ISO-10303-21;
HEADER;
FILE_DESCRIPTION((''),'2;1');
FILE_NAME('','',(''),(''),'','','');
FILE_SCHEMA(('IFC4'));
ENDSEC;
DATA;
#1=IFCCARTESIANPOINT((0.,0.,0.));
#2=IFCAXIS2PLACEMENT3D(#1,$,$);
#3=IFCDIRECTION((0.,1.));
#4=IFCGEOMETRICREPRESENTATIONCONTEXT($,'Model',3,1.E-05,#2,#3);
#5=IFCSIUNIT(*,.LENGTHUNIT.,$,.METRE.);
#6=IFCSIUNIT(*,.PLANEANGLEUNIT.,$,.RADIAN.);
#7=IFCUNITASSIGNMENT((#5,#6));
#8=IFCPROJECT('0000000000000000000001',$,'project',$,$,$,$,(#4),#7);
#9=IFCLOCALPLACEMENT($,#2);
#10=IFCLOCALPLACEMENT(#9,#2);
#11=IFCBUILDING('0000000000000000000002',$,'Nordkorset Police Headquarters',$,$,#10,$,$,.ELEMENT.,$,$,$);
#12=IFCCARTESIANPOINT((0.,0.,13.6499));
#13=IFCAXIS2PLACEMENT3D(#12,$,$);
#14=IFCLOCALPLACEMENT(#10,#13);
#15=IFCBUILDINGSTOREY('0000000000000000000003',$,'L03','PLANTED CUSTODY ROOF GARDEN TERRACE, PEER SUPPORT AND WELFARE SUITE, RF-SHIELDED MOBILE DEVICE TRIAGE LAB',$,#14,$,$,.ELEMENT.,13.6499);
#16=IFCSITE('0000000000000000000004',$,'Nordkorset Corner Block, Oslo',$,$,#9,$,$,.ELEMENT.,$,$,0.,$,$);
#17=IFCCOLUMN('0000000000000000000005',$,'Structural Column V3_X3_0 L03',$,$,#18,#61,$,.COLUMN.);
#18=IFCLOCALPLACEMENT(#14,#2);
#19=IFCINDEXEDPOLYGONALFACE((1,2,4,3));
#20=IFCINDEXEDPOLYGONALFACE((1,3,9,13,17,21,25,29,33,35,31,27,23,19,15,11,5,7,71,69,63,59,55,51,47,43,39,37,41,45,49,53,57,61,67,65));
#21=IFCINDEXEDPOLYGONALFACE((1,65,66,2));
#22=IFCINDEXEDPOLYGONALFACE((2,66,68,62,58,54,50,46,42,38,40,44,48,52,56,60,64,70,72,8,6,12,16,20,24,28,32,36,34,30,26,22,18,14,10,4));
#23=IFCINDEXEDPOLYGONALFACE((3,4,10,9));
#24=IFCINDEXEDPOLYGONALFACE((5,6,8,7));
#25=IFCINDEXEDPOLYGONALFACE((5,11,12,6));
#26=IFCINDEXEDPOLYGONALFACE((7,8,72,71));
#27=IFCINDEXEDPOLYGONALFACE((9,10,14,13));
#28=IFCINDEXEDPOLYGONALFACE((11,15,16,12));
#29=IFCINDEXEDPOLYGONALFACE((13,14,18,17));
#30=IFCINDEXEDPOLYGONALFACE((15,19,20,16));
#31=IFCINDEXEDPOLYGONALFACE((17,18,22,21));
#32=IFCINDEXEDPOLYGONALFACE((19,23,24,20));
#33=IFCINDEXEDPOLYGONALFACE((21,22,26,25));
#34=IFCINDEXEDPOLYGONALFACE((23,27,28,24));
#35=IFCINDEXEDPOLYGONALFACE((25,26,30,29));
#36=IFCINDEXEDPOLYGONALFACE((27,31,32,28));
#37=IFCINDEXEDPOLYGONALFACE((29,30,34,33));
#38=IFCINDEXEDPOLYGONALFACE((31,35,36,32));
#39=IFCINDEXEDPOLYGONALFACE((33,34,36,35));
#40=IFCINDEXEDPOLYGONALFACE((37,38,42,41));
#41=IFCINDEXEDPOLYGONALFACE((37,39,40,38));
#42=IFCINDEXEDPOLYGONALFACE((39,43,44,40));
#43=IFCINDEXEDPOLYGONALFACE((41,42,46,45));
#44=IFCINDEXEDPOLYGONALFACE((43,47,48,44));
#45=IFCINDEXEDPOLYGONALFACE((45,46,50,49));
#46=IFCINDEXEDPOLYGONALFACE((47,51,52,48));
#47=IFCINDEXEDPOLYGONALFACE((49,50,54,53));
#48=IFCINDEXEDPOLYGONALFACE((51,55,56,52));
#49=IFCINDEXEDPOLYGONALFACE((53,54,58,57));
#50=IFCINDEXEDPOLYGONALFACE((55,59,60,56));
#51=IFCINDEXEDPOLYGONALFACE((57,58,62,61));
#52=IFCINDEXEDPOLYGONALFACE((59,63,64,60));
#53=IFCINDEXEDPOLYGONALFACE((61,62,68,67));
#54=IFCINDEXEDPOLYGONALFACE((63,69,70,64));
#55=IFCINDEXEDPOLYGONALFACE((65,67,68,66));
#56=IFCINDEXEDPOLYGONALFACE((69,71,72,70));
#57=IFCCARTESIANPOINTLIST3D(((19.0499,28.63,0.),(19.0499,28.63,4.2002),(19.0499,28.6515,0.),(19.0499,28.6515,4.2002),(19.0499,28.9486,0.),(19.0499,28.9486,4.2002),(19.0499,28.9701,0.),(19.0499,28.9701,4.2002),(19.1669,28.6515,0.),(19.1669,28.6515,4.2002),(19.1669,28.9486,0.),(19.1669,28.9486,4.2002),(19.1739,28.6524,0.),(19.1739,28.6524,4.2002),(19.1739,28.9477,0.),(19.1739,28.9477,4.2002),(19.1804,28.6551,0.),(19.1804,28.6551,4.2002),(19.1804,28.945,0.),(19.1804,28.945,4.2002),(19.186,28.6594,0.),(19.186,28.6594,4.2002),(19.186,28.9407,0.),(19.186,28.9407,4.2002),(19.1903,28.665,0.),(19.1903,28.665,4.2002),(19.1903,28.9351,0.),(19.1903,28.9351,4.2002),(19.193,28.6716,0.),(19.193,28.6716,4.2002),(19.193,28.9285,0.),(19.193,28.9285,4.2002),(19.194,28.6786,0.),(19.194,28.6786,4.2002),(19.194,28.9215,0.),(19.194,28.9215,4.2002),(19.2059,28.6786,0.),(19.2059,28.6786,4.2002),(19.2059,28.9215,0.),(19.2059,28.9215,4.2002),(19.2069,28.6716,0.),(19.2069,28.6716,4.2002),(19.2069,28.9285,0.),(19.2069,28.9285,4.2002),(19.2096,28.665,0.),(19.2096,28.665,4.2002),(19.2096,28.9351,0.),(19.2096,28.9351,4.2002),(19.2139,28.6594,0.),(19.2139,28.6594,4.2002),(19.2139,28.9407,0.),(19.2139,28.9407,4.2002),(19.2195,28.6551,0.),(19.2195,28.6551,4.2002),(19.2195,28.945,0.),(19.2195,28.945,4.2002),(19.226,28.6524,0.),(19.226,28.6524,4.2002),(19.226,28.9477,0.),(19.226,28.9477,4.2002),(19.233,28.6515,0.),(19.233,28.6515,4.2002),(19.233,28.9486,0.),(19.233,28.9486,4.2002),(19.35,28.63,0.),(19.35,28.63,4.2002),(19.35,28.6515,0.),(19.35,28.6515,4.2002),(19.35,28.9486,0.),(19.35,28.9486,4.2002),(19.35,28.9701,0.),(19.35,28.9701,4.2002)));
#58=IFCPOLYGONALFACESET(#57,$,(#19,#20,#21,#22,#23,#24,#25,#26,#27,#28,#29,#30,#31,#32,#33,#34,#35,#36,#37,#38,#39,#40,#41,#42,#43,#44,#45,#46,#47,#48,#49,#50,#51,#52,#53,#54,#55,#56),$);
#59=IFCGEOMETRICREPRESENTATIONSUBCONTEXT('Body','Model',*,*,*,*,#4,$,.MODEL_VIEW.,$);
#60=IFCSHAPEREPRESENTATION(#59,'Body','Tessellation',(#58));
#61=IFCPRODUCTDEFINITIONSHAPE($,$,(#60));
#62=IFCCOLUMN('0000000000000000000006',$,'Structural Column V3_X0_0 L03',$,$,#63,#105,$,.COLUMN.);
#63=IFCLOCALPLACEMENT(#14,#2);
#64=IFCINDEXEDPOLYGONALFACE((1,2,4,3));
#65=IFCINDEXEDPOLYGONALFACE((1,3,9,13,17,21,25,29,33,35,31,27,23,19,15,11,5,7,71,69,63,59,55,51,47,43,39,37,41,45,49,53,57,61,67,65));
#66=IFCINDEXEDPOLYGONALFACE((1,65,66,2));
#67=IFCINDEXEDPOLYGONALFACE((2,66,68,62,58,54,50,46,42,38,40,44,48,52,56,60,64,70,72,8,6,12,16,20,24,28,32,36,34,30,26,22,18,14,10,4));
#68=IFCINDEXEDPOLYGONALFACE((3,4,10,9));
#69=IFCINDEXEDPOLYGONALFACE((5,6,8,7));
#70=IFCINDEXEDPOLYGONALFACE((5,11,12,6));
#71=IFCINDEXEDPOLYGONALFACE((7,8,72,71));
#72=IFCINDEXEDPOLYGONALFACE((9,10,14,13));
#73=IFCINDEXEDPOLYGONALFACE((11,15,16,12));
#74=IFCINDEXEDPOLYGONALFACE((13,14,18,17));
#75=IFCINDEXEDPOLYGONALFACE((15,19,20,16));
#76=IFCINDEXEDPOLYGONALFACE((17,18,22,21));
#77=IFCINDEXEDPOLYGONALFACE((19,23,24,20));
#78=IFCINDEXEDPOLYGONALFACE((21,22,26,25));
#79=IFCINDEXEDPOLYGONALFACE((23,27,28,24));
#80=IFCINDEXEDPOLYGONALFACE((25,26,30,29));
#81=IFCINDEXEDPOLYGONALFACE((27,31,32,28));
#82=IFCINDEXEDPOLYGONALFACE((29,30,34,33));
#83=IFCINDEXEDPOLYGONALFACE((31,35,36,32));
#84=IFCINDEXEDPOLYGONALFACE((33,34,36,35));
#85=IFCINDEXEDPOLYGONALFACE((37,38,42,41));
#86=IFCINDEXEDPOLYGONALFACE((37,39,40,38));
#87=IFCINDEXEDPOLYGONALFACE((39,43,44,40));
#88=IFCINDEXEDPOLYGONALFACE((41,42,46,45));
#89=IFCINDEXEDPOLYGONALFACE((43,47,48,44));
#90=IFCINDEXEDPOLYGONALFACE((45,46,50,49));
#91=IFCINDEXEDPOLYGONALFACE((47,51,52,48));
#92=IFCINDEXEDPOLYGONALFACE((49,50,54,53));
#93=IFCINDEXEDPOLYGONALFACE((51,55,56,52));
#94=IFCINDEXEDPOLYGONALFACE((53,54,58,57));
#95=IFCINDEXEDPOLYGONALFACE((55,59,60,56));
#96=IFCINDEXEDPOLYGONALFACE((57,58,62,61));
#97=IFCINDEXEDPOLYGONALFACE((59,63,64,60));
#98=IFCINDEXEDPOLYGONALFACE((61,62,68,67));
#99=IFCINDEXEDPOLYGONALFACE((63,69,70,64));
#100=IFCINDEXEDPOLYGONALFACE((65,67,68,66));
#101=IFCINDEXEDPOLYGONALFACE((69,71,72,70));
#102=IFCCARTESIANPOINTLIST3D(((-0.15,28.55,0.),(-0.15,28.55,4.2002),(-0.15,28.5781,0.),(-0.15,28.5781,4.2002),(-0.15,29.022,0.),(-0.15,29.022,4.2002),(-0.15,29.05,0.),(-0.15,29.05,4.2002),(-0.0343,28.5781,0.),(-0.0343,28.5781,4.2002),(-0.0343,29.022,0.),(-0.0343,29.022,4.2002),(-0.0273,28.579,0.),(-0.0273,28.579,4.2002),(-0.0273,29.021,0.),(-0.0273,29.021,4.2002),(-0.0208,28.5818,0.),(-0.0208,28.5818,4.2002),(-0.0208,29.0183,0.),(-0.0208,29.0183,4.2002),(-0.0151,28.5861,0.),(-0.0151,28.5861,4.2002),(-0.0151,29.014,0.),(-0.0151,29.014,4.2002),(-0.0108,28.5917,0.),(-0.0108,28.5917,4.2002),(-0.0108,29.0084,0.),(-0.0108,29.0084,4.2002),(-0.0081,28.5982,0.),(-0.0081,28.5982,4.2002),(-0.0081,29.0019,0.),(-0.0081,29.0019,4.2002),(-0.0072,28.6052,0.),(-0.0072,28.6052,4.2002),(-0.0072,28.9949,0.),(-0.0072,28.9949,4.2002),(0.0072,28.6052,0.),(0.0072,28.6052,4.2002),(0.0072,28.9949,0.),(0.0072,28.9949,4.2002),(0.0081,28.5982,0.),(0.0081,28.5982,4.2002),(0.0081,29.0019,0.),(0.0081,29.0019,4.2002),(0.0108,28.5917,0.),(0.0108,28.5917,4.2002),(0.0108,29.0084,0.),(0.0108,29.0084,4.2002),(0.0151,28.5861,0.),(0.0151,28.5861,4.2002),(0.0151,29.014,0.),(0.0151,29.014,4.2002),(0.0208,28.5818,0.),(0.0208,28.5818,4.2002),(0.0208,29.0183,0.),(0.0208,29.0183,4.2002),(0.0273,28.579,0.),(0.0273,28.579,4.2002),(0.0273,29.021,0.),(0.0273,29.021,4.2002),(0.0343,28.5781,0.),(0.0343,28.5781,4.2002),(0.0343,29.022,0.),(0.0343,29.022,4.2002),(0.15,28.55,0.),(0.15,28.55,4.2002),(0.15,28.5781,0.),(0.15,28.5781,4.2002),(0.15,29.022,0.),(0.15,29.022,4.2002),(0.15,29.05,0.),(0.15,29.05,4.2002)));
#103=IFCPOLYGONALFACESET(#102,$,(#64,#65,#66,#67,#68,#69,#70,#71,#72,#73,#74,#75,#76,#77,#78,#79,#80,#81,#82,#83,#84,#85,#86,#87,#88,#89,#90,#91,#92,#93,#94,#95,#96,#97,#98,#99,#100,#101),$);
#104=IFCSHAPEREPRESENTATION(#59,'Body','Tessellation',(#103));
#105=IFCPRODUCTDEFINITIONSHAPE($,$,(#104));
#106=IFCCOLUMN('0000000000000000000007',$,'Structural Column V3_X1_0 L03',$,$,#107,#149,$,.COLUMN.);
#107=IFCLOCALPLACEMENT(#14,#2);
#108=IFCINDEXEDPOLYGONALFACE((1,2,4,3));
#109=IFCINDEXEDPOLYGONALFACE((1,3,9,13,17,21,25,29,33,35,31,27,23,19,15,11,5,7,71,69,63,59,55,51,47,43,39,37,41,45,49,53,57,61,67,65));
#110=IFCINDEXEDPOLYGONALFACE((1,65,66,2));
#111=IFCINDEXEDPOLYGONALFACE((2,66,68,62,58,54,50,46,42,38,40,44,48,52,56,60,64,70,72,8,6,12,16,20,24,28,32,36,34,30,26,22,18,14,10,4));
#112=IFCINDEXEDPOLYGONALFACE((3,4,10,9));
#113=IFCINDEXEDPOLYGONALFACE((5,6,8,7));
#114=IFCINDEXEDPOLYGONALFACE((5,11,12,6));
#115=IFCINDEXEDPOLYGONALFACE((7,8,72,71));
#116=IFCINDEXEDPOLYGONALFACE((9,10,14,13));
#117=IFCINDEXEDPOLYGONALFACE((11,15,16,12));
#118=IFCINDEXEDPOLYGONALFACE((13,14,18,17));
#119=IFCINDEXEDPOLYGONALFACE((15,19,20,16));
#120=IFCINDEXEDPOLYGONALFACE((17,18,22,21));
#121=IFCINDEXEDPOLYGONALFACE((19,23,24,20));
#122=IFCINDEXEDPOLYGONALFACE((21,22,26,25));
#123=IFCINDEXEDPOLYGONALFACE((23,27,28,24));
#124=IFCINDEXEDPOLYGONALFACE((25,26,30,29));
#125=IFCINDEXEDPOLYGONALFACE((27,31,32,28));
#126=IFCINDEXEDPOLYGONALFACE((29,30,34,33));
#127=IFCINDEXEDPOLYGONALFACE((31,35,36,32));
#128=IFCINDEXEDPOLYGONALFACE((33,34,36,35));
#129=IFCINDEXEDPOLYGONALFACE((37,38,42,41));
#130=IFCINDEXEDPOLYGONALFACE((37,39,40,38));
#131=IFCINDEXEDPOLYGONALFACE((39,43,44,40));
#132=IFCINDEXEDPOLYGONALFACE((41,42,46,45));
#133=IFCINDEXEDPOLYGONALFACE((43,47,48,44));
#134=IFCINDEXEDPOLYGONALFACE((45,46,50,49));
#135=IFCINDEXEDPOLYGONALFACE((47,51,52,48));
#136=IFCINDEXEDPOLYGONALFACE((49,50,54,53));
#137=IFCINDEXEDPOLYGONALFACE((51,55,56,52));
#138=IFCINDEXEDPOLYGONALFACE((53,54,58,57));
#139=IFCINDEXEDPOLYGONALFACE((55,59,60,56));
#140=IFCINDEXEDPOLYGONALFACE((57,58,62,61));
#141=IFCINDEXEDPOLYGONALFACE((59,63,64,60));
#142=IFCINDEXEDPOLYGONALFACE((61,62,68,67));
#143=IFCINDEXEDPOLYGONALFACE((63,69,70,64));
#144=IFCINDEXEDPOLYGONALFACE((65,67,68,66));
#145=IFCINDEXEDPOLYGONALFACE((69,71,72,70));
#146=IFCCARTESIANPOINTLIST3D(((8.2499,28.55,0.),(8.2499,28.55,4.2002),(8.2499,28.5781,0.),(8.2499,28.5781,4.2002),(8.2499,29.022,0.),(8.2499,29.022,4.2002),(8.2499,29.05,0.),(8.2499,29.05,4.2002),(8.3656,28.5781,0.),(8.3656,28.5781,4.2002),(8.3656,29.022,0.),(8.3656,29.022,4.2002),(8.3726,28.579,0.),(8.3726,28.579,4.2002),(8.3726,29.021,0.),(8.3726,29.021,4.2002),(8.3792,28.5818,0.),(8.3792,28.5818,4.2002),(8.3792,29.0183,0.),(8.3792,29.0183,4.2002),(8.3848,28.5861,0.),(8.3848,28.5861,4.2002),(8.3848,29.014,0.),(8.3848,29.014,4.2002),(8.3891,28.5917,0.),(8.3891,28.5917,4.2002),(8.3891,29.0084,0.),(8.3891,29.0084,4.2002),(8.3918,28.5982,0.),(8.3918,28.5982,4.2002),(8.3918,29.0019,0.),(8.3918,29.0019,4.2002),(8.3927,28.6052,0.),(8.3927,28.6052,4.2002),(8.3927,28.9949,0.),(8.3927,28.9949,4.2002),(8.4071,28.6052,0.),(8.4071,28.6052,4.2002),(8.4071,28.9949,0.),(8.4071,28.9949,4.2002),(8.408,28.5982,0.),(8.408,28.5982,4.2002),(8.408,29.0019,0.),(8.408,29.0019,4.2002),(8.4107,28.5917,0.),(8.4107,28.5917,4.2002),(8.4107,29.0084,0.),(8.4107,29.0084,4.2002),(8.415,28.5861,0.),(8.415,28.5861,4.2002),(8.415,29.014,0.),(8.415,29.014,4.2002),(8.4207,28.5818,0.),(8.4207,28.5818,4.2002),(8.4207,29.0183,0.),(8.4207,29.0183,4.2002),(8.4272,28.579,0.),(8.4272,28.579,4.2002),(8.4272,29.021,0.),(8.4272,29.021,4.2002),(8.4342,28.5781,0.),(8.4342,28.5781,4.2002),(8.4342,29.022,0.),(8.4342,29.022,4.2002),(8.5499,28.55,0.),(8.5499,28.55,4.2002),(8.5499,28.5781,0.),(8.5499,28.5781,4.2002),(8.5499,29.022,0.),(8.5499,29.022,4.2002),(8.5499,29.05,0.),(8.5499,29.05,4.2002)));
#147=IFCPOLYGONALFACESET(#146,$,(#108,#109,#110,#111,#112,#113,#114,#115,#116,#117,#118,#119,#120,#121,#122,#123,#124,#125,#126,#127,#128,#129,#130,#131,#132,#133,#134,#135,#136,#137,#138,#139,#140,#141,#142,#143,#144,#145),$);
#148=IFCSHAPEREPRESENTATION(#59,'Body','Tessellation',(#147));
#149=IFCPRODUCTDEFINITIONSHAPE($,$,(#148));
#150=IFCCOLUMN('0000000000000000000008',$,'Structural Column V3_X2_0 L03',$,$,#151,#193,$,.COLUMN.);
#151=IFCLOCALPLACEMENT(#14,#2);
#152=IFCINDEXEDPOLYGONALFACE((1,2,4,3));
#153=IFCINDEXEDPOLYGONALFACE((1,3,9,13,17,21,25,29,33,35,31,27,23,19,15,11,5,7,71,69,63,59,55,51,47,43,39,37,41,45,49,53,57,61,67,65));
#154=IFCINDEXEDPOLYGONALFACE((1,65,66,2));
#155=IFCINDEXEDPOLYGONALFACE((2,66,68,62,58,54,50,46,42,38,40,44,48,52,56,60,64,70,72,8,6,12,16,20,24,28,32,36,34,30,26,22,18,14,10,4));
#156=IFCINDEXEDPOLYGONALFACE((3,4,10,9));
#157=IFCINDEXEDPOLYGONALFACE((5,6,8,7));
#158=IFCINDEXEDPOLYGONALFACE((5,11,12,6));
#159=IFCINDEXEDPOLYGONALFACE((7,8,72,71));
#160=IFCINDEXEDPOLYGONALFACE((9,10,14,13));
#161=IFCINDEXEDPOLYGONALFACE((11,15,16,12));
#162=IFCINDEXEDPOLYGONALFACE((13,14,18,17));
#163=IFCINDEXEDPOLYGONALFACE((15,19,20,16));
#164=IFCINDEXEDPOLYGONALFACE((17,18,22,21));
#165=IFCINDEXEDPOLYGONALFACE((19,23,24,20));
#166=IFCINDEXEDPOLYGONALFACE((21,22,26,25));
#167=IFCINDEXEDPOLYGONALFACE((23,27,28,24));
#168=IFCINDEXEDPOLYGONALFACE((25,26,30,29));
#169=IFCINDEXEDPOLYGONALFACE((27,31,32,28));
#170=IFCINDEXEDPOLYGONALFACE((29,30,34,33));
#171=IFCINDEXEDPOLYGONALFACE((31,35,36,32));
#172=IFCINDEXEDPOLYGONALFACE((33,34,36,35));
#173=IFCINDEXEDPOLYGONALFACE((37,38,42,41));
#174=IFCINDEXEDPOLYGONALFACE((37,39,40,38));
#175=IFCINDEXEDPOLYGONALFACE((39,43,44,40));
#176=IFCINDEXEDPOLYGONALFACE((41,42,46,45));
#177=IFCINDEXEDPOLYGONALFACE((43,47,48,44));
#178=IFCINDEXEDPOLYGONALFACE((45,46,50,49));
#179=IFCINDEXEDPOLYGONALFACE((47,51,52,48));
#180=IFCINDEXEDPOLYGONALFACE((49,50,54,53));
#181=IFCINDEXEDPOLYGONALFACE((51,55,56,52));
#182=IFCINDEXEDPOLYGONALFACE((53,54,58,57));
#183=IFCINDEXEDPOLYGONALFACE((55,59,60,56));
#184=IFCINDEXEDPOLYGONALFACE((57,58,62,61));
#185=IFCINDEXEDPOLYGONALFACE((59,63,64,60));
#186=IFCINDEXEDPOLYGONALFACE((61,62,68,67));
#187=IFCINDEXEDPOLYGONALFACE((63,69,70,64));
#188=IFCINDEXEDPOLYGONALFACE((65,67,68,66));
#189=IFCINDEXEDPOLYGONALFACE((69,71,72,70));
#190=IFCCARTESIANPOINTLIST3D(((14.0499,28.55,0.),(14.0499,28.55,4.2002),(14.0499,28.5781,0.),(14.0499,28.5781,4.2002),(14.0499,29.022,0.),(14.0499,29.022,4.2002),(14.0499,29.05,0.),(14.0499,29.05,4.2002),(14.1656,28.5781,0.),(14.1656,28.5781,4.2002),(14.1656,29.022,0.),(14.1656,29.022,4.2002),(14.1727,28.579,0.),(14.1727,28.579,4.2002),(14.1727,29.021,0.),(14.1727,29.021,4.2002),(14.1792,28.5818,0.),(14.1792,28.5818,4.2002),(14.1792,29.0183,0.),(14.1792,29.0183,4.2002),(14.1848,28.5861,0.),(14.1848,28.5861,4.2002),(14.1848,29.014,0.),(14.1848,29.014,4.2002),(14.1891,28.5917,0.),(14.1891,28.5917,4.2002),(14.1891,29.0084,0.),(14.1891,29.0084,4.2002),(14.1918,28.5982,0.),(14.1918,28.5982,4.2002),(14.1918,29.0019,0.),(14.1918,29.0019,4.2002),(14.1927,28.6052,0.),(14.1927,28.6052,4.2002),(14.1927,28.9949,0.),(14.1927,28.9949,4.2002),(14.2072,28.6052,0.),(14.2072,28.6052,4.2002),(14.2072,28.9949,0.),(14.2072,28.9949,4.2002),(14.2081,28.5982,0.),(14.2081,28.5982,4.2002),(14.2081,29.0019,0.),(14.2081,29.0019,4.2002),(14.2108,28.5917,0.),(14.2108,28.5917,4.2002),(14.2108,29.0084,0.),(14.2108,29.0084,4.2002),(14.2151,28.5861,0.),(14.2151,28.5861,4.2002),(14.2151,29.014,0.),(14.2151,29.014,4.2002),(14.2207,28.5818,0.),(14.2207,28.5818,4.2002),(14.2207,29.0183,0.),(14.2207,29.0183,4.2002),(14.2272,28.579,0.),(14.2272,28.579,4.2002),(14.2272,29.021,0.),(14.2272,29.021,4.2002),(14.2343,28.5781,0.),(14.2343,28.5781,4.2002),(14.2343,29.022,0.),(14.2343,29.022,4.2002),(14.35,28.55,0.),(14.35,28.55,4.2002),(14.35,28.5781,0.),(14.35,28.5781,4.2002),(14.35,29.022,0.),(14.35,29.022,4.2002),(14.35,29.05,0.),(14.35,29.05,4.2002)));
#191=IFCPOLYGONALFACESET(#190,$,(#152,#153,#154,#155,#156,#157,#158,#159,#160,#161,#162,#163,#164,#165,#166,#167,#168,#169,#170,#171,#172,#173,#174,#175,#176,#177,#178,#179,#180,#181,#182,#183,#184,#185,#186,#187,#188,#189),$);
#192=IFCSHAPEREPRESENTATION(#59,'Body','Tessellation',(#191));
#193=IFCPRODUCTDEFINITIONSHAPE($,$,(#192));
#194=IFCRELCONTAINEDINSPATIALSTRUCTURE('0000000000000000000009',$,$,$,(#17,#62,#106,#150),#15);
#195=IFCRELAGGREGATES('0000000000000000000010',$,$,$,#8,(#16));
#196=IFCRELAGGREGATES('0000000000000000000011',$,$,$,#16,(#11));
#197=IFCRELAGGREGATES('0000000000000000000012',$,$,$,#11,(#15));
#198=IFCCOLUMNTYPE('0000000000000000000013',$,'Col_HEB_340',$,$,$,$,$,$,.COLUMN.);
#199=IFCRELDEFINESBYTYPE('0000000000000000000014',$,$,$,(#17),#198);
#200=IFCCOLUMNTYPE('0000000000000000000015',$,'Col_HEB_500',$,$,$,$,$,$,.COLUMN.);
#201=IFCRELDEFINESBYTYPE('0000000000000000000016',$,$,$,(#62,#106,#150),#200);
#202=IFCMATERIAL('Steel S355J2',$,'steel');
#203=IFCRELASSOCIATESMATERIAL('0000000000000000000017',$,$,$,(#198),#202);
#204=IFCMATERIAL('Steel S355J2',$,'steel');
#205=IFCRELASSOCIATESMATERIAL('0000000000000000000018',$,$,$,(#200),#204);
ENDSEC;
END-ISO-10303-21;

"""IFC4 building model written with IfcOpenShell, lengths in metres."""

from ifc_helpers import new_model, si_unit, direction, frame, origin, origin_2d, place, context, subcontext, project, spatial, i_section, extrude, material, material_profile, profile_set, type_object, element, save


model = new_model("IFC4")

# Units and contexts
model_context = context("Model", 3, precision=1e-05, world=origin(), true_north=direction((0.0, 1.0)))
body_context = subcontext(model_context, "Body", "Model", "MODEL_VIEW")
ifc_project = project(units=[si_unit("LENGTHUNIT", "METRE"), si_unit("PLANEANGLEUNIT", "RADIAN")], contexts=[model_context])

# Site, building, storey
site_placement = place(None, origin())
site = spatial("IfcSite", under=ifc_project, at=site_placement, Name="Nordkorset Corner Block, Oslo", CompositionType="ELEMENT", RefElevation=0.0)
building_placement = place(site_placement, origin())
building = spatial("IfcBuilding", under=site, at=building_placement, Name="Nordkorset Police Headquarters", CompositionType="ELEMENT")
storey_placement = place(building_placement, frame((0.0, 0.0, 13.6499)))
storey = spatial("IfcBuildingStorey", under=building, at=storey_placement, Name="L03", Description="PLANTED CUSTODY ROOF GARDEN TERRACE, PEER SUPPORT AND WELFARE SUITE, RF-SHIELDED MOBILE DEVICE TRIAGE LAB", CompositionType="ELEMENT", Elevation=13.6499)

# Columns
ifc_material_1 = material(Name="Steel S355J2", Category="steel")
ifc_material_profile_1 = material_profile(ifc_material_1, i_section(OverallWidth=0.3, OverallDepth=0.3401, WebThickness=0.012, FlangeThickness=0.0215, FilletRadius=0.0271, at=origin_2d()), Name="HEB 340")
ifc_profile_set_1 = profile_set([ifc_material_profile_1], Name="Steel S355J2")
column_type_1 = type_object("IfcColumnType", Name="Col_HEB_340", PredefinedType="COLUMN", material=ifc_profile_set_1)
column_placement = place(storey_placement, frame((19.2, 28.8, 0.0), z_axis=(0.0, 0.0, 1.0), x_axis=(1.0, 0.0, 0.0)))
element("IfcColumn", 1, at=column_placement, inside=storey, type_object=column_type_1, Name="Structural Column V3_X3_0 L03", PredefinedType="COLUMN", context=body_context, shape_type="SweptSolid", body=[
    extrude(i_section(OverallWidth=0.3, OverallDepth=0.3401, WebThickness=0.012, FlangeThickness=0.0215, FilletRadius=0.0271, at=origin_2d()), origin(), (0.0, 0.0, 1.0), 4.2002),
])
ifc_material_2 = material(Name="Steel S355J2", Category="steel")
ifc_material_profile_2 = material_profile(ifc_material_2, i_section(OverallWidth=0.3, OverallDepth=0.5, WebThickness=0.0144, FlangeThickness=0.0281, FilletRadius=0.0271, at=origin_2d()), Name="HEB 500")
ifc_profile_set_2 = profile_set([ifc_material_profile_2], Name="Steel S355J2")
column_type_2 = type_object("IfcColumnType", Name="Col_HEB_500", PredefinedType="COLUMN", material=ifc_profile_set_2)
for number, where, z_axis, x_axis, name in (
    (2, (0.0, 28.8, 0.0), (0.0, 0.0, 1.0), (1.0, 0.0, 0.0), "Structural Column V3_X0_0 L03"),
    (3, (8.3999, 28.8, 0.0), (0.0, 0.0, 1.0), (1.0, 0.0, 0.0), "Structural Column V3_X1_0 L03"),
    (4, (14.2, 28.8, 0.0), (0.0, 0.0, 1.0), (1.0, 0.0, 0.0), "Structural Column V3_X2_0 L03"),
):
    element("IfcColumn", number, at=place(storey_placement, frame(where, z_axis=z_axis, x_axis=x_axis)), inside=storey, type_object=column_type_2, Name=name, PredefinedType="COLUMN", context=body_context, shape_type="SweptSolid", body=[
        extrude(i_section(OverallWidth=0.3, OverallDepth=0.5, WebThickness=0.0144, FlangeThickness=0.0281, FilletRadius=0.0271, at=origin_2d()), origin(), (0.0, 0.0, 1.0), 4.2002),
    ])

save(model, "model.ifc")
